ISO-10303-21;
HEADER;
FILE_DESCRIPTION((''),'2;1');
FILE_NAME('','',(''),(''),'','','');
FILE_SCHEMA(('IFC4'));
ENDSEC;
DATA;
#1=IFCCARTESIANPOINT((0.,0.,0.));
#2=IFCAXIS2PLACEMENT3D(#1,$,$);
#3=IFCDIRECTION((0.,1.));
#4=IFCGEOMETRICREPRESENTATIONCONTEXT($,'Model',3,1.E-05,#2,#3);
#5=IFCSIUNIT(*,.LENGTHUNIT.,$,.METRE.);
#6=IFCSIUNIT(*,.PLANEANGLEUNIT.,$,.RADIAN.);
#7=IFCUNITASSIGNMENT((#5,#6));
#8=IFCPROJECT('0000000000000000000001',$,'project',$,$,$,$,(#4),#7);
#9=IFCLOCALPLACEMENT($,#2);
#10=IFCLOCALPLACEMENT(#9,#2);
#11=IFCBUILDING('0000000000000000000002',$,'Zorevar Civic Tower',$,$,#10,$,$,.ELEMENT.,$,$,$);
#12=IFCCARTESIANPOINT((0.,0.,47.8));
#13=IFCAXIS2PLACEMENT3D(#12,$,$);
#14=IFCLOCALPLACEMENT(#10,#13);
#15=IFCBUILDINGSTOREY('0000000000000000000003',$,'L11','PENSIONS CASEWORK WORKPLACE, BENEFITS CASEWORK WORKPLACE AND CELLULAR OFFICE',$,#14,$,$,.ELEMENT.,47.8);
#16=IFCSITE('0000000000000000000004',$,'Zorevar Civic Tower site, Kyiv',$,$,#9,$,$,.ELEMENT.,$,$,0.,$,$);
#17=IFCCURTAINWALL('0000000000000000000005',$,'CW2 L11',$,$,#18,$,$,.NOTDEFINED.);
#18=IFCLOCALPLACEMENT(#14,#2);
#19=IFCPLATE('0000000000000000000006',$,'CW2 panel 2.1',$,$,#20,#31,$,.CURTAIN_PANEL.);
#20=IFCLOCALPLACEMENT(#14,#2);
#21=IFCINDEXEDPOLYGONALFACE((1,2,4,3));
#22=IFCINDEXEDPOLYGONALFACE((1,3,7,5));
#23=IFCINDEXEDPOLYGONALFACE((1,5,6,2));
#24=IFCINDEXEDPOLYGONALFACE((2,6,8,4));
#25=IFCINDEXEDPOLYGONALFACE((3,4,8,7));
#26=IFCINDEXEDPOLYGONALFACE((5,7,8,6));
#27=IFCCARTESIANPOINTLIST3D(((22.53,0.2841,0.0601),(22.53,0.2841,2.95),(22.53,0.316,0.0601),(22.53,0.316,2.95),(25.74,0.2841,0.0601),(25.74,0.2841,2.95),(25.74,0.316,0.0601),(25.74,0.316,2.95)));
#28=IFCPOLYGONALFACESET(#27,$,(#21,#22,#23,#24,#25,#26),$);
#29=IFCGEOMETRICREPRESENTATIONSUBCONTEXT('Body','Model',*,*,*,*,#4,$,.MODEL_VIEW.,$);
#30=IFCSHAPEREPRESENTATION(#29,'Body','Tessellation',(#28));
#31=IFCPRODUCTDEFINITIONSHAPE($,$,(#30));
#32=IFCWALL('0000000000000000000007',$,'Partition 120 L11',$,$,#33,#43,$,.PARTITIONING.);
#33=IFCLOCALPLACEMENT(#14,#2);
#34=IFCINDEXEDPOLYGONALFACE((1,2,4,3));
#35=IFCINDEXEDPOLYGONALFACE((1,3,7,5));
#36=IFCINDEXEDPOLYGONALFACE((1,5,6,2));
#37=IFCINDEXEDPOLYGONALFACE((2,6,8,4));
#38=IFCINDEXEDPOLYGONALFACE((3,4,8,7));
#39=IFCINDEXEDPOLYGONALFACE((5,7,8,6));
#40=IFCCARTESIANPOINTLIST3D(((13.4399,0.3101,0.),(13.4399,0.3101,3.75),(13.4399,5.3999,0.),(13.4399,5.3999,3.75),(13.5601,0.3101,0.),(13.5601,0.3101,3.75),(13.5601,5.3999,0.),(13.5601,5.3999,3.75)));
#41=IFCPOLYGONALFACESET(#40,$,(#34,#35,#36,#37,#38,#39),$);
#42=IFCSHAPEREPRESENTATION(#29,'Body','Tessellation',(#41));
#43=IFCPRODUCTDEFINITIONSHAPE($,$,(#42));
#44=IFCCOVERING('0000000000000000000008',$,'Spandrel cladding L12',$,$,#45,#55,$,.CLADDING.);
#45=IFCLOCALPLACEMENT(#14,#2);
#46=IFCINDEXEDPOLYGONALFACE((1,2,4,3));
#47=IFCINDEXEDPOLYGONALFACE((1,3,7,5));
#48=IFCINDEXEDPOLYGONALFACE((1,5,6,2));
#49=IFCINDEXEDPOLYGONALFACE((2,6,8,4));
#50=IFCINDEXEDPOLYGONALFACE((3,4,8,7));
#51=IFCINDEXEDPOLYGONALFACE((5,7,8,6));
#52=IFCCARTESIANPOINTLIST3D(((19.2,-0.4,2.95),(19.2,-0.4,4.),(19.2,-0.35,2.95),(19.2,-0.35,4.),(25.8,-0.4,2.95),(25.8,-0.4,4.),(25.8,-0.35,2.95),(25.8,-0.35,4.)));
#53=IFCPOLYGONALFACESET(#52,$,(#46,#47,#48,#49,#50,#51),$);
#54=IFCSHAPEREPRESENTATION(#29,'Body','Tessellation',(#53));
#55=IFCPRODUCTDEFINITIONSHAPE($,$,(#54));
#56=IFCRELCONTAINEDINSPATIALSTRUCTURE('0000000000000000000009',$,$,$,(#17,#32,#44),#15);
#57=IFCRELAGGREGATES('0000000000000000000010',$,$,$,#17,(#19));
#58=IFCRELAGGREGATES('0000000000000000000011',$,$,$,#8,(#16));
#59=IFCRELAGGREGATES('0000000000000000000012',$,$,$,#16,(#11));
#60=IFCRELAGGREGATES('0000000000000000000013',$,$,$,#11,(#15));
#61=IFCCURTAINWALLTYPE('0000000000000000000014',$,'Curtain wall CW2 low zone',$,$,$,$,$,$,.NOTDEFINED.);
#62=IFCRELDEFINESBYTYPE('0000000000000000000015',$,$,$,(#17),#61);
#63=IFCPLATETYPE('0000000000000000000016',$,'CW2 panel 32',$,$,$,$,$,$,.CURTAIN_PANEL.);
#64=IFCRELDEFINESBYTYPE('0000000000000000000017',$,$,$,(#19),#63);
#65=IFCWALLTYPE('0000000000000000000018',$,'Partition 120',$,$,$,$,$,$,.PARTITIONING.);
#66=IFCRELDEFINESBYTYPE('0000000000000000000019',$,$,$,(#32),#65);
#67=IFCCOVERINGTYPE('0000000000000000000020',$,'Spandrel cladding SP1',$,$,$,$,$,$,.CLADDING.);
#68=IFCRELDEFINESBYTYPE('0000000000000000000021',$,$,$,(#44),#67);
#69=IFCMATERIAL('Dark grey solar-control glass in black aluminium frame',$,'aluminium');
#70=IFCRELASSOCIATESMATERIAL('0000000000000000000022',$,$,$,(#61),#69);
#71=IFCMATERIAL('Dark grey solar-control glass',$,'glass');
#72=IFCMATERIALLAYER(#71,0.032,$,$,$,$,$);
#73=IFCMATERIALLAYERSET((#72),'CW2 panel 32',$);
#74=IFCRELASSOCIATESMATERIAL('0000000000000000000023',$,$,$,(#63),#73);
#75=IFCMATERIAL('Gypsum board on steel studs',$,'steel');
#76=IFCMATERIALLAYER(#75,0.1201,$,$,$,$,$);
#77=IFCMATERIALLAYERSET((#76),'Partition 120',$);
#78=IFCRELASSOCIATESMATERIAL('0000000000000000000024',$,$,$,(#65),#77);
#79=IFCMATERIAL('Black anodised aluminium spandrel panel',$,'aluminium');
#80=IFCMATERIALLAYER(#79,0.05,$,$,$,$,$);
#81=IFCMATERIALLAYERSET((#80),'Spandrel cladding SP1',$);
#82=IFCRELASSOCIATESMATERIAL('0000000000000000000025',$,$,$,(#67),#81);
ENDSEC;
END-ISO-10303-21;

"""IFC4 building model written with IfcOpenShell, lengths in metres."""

from ifc_helpers import new_model, si_unit, direction, frame, frame_2d, origin, origin_2d, place, context, subcontext, project, spatial, rectangle, extrude, material, layer, layer_set, type_object, element, aggregate, save


model = new_model("IFC4")

# Units and contexts
model_context = context("Model", 3, precision=1e-05, world=origin(), true_north=direction((0.0, 1.0)))
body_context = subcontext(model_context, "Body", "Model", "MODEL_VIEW")
ifc_project = project(units=[si_unit("LENGTHUNIT", "METRE"), si_unit("PLANEANGLEUNIT", "RADIAN")], contexts=[model_context])

# Site, building, storey
site_placement = place(None, origin())
site = spatial("IfcSite", under=ifc_project, at=site_placement, Name="Zorevar Civic Tower site, Kyiv", CompositionType="ELEMENT", RefElevation=0.0)
building_placement = place(site_placement, origin())
building = spatial("IfcBuilding", under=site, at=building_placement, Name="Zorevar Civic Tower", CompositionType="ELEMENT")
storey_placement = place(building_placement, frame((0.0, 0.0, 47.8)))
storey = spatial("IfcBuildingStorey", under=building, at=storey_placement, Name="L11", Description="PENSIONS CASEWORK WORKPLACE, BENEFITS CASEWORK WORKPLACE AND CELLULAR OFFICE", CompositionType="ELEMENT", Elevation=47.8)

# Shared definitions
ifc_material_1 = material(Name="Dark grey solar-control glass in black aluminium frame", Category="aluminium")
curtain_wall_type = type_object("IfcCurtainWallType", Name="Curtain wall CW2 low zone", PredefinedType="NOTDEFINED", material=ifc_material_1)

# Curtain wall
curtain_wall_1_placement = place(storey_placement, origin())
curtain_wall_1 = element("IfcCurtainWall", 1, at=curtain_wall_1_placement, inside=storey, type_object=curtain_wall_type, Name="CW2 L11", PredefinedType="NOTDEFINED")

# Plate
ifc_material_2 = material(Name="Dark grey solar-control glass", Category="glass")
ifc_layer_1 = layer(ifc_material_2, 0.032)
ifc_layer_set_1 = layer_set([ifc_layer_1], Name="CW2 panel 32")
plate_type = type_object("IfcPlateType", Name="CW2 panel 32", PredefinedType="CURTAIN_PANEL", material=ifc_layer_set_1)
plate_1_placement = place(storey_placement, frame((24.135, 0.3, 0.0601), z_axis=(0.0, 0.0, 1.0), x_axis=(1.0, 0.0, 0.0)))
plate_1 = element("IfcPlate", 2, at=plate_1_placement, type_object=plate_type, Name="CW2 panel 2.1", PredefinedType="CURTAIN_PANEL", context=body_context, shape_type="SweptSolid", body=[
    extrude(rectangle(XDim=3.21, YDim=0.032, at=origin_2d()), origin(), (0.0, 0.0, 1.0), 2.8899),
])
aggregate(curtain_wall_1, [plate_1])

# Wall
ifc_material_3 = material(Name="Gypsum board on steel studs", Category="steel")
ifc_layer_2 = layer(ifc_material_3, 0.1201)
ifc_layer_set_2 = layer_set([ifc_layer_2], Name="Partition 120")
wall_type = type_object("IfcWallType", Name="Partition 120", PredefinedType="PARTITIONING", material=ifc_layer_set_2)
wall_placement = place(storey_placement, frame((13.5, 0.3101, 0.0), z_axis=(0.0, 0.0, 1.0), x_axis=(0.0, 1.0, 0.0)))
element("IfcWall", 3, at=wall_placement, inside=storey, type_object=wall_type, Name="Partition 120 L11", PredefinedType="PARTITIONING", context=body_context, shape_type="SweptSolid", body=[
    extrude(rectangle(XDim=5.0898, YDim=0.1201, at=frame_2d((2.5449, 0.0))), origin(), (0.0, 0.0, 1.0), 3.75),
])

# Covering
ifc_material_4 = material(Name="Black anodised aluminium spandrel panel", Category="aluminium")
ifc_layer_3 = layer(ifc_material_4, 0.05)
ifc_layer_set_3 = layer_set([ifc_layer_3], Name="Spandrel cladding SP1")
covering_type = type_object("IfcCoveringType", Name="Spandrel cladding SP1", PredefinedType="CLADDING", material=ifc_layer_set_3)
covering_placement = place(storey_placement, frame((19.2, -0.375, 2.95), z_axis=(0.0, 0.0, 1.0), x_axis=(1.0, 0.0, 0.0)))
element("IfcCovering", 4, at=covering_placement, inside=storey, type_object=covering_type, Name="Spandrel cladding L12", PredefinedType="CLADDING", context=body_context, shape_type="SweptSolid", body=[
    extrude(rectangle(XDim=6.6001, YDim=0.05, at=frame_2d((3.3, 0.0))), origin(), (0.0, 0.0, 1.0), 1.05),
])

save(model, "model.ifc")
